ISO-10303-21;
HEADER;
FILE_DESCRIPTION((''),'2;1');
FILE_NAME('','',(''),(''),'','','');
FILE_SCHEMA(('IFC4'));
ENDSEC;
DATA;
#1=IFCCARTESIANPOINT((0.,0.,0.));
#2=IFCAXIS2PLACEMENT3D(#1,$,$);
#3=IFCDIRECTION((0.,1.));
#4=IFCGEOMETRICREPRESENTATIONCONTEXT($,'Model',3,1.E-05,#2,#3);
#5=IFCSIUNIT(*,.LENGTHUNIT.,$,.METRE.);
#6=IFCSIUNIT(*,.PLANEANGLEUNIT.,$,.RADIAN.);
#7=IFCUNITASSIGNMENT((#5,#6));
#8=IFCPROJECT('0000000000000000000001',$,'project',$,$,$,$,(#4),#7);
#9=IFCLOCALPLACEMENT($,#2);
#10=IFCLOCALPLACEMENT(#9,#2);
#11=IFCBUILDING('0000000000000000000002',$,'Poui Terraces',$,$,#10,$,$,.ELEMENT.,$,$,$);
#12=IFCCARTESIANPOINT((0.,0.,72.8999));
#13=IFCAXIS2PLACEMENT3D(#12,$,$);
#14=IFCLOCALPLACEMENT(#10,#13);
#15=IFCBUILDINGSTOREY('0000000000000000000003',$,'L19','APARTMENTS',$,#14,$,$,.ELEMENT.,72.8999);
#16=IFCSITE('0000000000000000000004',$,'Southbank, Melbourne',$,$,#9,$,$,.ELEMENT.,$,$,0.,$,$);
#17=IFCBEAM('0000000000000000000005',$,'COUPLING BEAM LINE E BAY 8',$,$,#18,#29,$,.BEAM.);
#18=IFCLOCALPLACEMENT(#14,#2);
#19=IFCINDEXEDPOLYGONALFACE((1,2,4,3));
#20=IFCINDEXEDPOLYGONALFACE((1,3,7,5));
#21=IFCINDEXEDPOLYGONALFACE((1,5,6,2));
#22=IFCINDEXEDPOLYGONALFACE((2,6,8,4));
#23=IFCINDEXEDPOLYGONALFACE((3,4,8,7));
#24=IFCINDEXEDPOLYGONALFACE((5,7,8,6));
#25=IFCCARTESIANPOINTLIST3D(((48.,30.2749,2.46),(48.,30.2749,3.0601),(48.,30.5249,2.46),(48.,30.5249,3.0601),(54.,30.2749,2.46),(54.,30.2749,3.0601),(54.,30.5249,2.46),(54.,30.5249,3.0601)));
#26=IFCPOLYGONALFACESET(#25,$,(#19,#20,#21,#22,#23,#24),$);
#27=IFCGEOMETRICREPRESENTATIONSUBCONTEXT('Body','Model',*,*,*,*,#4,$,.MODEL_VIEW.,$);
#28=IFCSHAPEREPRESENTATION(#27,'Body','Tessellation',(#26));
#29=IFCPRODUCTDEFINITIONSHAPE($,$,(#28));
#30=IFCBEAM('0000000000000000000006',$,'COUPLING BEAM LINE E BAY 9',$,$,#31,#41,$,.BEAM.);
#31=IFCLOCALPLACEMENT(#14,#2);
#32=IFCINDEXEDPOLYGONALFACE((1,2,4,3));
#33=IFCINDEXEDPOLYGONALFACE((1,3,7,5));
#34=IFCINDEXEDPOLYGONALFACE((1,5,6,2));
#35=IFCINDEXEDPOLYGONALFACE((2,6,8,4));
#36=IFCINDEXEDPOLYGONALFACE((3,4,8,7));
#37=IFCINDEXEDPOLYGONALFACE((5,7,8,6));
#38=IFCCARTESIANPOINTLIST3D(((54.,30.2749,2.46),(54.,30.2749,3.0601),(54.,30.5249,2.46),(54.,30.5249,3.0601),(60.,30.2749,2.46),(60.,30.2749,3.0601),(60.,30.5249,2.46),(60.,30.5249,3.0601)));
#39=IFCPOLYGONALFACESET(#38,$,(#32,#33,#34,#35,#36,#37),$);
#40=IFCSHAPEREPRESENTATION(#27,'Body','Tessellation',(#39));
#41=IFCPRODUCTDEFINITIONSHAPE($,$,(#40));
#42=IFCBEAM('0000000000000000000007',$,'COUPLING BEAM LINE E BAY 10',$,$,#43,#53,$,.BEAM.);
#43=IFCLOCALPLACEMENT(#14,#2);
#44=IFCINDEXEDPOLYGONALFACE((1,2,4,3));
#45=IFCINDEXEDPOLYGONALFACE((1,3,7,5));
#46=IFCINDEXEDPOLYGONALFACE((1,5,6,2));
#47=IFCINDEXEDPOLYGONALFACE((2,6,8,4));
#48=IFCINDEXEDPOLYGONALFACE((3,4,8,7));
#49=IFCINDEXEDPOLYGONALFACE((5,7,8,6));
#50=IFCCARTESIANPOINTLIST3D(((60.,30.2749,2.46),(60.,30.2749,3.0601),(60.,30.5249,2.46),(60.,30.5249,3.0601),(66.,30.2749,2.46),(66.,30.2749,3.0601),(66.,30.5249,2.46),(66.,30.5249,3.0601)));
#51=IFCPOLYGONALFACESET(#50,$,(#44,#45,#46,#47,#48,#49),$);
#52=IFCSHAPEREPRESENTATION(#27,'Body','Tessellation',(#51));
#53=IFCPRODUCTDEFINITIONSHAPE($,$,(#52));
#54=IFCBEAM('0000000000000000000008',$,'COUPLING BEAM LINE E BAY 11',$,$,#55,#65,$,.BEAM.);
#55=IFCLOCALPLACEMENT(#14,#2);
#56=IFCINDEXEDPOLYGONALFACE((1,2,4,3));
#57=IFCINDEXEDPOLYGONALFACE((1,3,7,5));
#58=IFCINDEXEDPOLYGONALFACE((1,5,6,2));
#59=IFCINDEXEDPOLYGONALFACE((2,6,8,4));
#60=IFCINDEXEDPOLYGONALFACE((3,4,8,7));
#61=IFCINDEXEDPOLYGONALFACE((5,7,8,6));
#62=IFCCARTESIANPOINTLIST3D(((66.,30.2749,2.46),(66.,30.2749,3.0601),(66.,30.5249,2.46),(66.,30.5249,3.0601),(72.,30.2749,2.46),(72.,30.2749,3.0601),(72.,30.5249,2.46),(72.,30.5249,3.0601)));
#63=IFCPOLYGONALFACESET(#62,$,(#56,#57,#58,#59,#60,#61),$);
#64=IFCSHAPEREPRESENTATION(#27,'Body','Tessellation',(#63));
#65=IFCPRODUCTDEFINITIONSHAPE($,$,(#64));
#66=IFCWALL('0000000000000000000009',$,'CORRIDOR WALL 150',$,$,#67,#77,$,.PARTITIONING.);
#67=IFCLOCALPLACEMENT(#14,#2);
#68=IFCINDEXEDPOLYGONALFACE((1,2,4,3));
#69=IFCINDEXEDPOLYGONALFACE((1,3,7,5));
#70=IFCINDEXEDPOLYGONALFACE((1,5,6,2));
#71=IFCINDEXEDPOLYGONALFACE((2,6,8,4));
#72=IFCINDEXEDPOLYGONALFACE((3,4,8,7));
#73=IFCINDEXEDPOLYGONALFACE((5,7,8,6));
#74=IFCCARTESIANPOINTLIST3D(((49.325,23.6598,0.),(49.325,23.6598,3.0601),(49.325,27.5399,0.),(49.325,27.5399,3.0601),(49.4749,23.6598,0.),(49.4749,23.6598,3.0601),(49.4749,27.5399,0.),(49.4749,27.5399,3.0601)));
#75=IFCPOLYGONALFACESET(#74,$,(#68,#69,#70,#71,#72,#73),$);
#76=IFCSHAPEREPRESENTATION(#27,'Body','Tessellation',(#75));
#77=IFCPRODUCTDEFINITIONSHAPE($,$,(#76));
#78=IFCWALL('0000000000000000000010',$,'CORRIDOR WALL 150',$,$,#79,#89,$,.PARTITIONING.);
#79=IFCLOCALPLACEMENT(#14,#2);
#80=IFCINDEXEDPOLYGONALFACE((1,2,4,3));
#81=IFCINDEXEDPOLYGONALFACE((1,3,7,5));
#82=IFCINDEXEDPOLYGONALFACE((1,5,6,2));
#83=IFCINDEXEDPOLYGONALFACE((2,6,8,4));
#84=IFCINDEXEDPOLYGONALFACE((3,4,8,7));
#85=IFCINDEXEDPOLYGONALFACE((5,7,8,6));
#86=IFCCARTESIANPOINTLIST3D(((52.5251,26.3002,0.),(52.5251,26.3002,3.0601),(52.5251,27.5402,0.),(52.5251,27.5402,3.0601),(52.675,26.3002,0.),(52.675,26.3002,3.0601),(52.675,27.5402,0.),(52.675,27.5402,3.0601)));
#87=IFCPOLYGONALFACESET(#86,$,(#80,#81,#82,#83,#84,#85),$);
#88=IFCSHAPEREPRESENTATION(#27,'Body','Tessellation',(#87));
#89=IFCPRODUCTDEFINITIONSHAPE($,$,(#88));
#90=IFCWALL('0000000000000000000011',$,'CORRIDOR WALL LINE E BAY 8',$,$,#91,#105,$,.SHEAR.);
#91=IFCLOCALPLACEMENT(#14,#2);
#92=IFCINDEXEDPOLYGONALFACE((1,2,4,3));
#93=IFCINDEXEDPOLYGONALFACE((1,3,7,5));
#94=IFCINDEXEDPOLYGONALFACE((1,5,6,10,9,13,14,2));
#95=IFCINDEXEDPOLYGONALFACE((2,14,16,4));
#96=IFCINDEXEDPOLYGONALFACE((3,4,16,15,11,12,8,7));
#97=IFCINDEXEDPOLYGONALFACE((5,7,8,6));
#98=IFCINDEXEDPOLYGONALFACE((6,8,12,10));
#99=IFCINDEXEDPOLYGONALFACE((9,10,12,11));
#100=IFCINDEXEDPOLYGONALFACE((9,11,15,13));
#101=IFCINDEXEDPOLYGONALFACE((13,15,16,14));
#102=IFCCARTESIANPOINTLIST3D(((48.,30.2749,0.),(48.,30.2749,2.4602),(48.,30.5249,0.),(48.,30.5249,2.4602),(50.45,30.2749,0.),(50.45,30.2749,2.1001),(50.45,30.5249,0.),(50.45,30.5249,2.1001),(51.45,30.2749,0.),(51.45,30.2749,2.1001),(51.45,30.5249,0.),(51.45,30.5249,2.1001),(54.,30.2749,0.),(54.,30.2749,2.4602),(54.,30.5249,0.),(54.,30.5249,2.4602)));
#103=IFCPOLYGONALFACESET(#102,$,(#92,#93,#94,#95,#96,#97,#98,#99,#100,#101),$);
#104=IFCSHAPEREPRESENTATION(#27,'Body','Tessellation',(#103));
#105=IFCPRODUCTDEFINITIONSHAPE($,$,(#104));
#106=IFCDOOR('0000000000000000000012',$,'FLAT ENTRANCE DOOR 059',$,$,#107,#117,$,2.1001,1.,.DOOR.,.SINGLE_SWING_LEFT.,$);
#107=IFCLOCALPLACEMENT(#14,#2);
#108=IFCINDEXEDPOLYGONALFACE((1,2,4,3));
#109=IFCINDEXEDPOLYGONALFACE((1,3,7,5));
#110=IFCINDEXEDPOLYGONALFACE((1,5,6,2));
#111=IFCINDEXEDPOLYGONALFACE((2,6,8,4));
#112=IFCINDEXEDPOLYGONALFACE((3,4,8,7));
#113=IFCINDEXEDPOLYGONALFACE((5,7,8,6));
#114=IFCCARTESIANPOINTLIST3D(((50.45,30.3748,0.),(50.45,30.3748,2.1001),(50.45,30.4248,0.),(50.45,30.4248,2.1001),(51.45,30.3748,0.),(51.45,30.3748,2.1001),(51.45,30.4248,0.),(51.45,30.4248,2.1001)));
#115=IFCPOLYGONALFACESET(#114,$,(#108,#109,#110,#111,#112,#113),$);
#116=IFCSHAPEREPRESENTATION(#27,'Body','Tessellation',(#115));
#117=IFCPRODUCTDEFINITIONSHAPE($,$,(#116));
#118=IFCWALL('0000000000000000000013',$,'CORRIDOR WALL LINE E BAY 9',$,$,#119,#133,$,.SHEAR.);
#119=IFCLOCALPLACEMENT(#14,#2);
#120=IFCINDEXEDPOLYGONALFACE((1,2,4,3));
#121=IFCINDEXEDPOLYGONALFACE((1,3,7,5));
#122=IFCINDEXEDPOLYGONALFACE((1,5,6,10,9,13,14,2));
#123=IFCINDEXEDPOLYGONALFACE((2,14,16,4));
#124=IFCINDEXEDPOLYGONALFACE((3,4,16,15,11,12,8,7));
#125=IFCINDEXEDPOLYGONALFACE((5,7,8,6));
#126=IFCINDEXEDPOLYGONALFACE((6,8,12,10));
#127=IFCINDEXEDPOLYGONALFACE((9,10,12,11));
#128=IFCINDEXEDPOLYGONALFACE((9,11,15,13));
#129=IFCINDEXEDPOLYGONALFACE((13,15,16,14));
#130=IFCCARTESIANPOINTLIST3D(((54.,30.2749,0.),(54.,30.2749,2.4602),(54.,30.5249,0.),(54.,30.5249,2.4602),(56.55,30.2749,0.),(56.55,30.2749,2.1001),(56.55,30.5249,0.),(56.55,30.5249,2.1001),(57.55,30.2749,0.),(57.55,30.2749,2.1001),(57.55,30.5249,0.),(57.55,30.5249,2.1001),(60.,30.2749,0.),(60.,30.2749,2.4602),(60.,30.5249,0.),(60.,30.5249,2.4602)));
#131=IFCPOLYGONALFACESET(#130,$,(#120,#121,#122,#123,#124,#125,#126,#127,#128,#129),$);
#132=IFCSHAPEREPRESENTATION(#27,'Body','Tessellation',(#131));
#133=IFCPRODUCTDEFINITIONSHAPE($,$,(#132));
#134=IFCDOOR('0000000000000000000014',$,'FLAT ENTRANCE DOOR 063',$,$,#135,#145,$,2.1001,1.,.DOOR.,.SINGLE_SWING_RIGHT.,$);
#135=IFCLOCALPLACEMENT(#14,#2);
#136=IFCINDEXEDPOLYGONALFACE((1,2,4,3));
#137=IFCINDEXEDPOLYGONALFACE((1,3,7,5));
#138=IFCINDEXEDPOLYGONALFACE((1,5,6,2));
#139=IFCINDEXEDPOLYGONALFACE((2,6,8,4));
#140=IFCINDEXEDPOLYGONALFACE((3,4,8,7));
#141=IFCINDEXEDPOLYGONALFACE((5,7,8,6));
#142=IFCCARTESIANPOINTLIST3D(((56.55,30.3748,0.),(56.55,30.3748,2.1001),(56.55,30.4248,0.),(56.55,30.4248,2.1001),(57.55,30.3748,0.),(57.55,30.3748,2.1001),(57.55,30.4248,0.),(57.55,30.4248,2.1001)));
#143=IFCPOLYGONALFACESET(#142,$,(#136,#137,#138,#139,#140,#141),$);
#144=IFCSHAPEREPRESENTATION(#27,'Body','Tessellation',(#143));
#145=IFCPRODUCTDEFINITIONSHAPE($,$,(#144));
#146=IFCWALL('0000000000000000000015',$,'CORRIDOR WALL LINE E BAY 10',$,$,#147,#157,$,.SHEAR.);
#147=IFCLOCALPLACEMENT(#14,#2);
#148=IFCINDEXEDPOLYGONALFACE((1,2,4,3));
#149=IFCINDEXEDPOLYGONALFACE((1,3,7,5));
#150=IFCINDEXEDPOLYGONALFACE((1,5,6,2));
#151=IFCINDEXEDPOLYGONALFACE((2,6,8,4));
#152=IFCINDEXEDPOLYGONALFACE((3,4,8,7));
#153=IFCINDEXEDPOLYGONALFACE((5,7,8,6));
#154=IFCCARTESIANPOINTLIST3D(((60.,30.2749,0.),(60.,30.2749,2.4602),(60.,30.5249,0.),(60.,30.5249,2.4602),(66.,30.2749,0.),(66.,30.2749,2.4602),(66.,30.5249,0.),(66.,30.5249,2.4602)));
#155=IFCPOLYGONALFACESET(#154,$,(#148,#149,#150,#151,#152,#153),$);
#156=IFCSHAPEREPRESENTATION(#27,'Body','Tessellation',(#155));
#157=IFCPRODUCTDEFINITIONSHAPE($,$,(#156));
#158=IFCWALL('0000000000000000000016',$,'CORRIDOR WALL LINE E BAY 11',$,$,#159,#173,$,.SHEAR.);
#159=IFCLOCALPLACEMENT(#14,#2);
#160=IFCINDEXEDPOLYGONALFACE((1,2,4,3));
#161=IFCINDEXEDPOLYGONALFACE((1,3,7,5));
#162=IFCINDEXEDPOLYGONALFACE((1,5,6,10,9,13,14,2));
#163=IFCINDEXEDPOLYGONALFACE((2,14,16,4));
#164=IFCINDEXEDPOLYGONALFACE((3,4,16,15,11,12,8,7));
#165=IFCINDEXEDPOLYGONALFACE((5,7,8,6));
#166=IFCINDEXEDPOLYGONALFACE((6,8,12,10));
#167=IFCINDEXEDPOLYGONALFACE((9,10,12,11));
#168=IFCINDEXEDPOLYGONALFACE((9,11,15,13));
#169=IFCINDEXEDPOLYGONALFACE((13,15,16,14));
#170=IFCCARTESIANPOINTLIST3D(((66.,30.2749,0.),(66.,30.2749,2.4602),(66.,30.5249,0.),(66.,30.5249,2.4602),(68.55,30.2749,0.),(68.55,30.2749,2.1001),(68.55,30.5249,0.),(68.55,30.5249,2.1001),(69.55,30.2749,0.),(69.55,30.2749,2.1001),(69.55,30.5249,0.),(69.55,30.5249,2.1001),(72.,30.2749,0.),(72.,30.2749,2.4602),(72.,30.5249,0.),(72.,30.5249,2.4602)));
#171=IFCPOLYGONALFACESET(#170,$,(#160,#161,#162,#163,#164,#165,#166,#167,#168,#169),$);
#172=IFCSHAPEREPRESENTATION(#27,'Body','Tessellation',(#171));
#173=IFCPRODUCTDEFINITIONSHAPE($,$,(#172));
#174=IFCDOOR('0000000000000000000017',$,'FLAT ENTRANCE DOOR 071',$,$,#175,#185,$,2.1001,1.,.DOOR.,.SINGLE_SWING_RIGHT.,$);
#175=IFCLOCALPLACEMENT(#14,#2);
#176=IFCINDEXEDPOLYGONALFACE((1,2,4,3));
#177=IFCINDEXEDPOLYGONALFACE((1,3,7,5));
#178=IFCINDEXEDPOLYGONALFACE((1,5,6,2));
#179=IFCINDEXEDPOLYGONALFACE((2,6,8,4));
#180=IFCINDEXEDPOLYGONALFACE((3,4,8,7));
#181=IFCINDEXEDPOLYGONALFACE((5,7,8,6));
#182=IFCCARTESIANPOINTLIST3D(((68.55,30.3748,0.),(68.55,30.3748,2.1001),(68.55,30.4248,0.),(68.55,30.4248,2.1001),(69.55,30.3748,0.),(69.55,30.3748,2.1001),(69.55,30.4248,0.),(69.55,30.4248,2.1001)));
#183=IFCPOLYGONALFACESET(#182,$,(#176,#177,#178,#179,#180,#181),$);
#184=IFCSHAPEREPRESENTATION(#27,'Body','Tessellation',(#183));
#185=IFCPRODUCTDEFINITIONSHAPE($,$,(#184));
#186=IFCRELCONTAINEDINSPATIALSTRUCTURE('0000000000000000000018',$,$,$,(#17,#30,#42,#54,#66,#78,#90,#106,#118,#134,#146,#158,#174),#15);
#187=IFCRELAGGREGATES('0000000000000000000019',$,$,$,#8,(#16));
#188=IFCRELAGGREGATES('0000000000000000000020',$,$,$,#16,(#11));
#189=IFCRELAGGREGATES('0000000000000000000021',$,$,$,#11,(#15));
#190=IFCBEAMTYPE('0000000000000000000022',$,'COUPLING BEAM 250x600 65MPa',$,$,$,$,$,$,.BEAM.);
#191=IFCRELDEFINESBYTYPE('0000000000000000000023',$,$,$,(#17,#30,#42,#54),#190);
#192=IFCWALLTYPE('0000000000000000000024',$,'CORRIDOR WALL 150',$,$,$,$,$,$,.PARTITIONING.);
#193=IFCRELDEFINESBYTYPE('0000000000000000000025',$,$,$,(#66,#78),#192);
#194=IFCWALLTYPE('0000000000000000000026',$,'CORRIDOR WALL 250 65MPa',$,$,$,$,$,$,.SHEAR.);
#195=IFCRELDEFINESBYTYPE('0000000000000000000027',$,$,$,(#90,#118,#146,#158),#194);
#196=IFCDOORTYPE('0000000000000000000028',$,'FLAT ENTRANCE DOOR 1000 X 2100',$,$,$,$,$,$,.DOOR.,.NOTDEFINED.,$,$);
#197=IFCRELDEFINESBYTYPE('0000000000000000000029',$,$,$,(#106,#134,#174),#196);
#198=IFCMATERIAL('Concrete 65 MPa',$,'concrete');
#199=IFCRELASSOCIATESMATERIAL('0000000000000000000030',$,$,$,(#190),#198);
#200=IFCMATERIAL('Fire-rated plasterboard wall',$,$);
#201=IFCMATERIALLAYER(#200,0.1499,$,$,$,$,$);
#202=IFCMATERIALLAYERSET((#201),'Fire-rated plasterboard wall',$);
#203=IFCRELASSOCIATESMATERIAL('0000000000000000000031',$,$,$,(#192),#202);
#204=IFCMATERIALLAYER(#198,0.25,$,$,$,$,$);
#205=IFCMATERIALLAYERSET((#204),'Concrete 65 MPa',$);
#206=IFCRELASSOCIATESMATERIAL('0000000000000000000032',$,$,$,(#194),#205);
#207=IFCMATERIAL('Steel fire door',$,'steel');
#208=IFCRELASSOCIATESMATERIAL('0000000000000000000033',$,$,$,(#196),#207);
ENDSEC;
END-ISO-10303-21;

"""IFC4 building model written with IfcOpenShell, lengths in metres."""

from ifc_helpers import new_model, si_unit, direction, frame, frame_2d, origin, origin_2d, place, context, subcontext, project, spatial, rectangle, extrude, source, transform, mapped, material, layer, layer_set, material_profile, profile_set, type_object, element, fill, save


model = new_model("IFC4")

# Units and contexts
model_context = context("Model", 3, precision=1e-05, world=origin(), true_north=direction((0.0, 1.0)))
body_context = subcontext(model_context, "Body", "Model", "MODEL_VIEW")
ifc_project = project(units=[si_unit("LENGTHUNIT", "METRE"), si_unit("PLANEANGLEUNIT", "RADIAN")], contexts=[model_context])

# Site, building, storey
site_placement = place(None, origin())
site = spatial("IfcSite", under=ifc_project, at=site_placement, Name="Southbank, Melbourne", CompositionType="ELEMENT", RefElevation=0.0)
building_placement = place(site_placement, origin())
building = spatial("IfcBuilding", under=site, at=building_placement, Name="Poui Terraces", CompositionType="ELEMENT")
storey_placement = place(building_placement, frame((0.0, 0.0, 72.8999)))
storey = spatial("IfcBuildingStorey", under=building, at=storey_placement, Name="L19", Description="APARTMENTS", CompositionType="ELEMENT", Elevation=72.8999)

# Beams
ifc_material_1 = material(Name="Concrete 65 MPa", Category="concrete")
ifc_material_profile = material_profile(ifc_material_1, rectangle(XDim=0.25, YDim=0.6001, at=origin_2d()), Name="RC 250x600")
ifc_profile_set = profile_set([ifc_material_profile], Name="Concrete 65 MPa")
beam_type = type_object("IfcBeamType", Name="COUPLING BEAM 250x600 65MPa", PredefinedType="BEAM", material=ifc_profile_set)
shared_shape = source(origin(), body_context, "Body", "SweptSolid", [
    extrude(rectangle(XDim=0.25, YDim=0.6001, at=origin_2d()), origin(), (0.0, 0.0, 1.0), 6.0),
])
for number, where, z_axis, x_axis, name in (
    (1, (48.0, 30.3999, 2.76), (1.0, 0.0, 0.0), (0.0, 1.0, 0.0), "COUPLING BEAM LINE E BAY 8"),
    (2, (54.0, 30.3999, 2.76), (1.0, 0.0, 0.0), (0.0, 1.0, 0.0), "COUPLING BEAM LINE E BAY 9"),
    (3, (60.0, 30.3999, 2.76), (1.0, 0.0, 0.0), (0.0, 1.0, 0.0), "COUPLING BEAM LINE E BAY 10"),
    (4, (66.0, 30.3999, 2.76), (1.0, 0.0, 0.0), (0.0, 1.0, 0.0), "COUPLING BEAM LINE E BAY 11"),
):
    element("IfcBeam", number, at=place(storey_placement, frame(where, z_axis=z_axis, x_axis=x_axis)), inside=storey, type_object=beam_type, Name=name, PredefinedType="BEAM", context=body_context, shape_type="MappedRepresentation", body=[
        mapped(shared_shape, transform((0.0, 0.0, 0.0))),
    ])

# Walls
ifc_material_2 = material(Name="Fire-rated plasterboard wall")
ifc_layer_1 = layer(ifc_material_2, 0.1499)
ifc_layer_set_1 = layer_set([ifc_layer_1], Name="Fire-rated plasterboard wall")
wall_type_1 = type_object("IfcWallType", Name="CORRIDOR WALL 150", PredefinedType="PARTITIONING", material=ifc_layer_set_1)
wall_1_placement = place(storey_placement, frame((49.3999, 23.6599, 0.0), z_axis=(0.0, 0.0, 1.0), x_axis=(0.0, 1.0, 0.0)))
element("IfcWall", 5, at=wall_1_placement, inside=storey, type_object=wall_type_1, Name="CORRIDOR WALL 150", PredefinedType="PARTITIONING", context=body_context, shape_type="SweptSolid", body=[
    extrude(rectangle(XDim=3.8801, YDim=0.1499, at=frame_2d((1.9399, 0.0))), origin(), (0.0, 0.0, 1.0), 3.0601),
])
wall_2_placement = place(storey_placement, frame((52.6001, 26.3, 0.0), z_axis=(0.0, 0.0, 1.0), x_axis=(0.0, 1.0, 0.0)))
element("IfcWall", 6, at=wall_2_placement, inside=storey, type_object=wall_type_1, Name="CORRIDOR WALL 150", PredefinedType="PARTITIONING", context=body_context, shape_type="SweptSolid", body=[
    extrude(rectangle(XDim=1.24, YDim=0.1499, at=frame_2d((0.6201, 0.0))), origin(), (0.0, 0.0, 1.0), 3.0601),
])

# Walls, openings, doors
ifc_layer_2 = layer(ifc_material_1, 0.25)
ifc_layer_set_2 = layer_set([ifc_layer_2], Name="Concrete 65 MPa")
wall_type_2 = type_object("IfcWallType", Name="CORRIDOR WALL 250 65MPa", PredefinedType="SHEAR", material=ifc_layer_set_2)
wall_3_placement = place(storey_placement, frame((48.0, 30.3999, 0.0), z_axis=(0.0, 0.0, 1.0), x_axis=(1.0, 0.0, 0.0)))
wall_3 = element("IfcWall", 7, at=wall_3_placement, inside=storey, type_object=wall_type_2, Name="CORRIDOR WALL LINE E BAY 8", PredefinedType="SHEAR", context=body_context, shape_type="SweptSolid", body=[
    extrude(rectangle(XDim=6.0, YDim=0.25, at=frame_2d((3.0, 0.0))), origin(), (0.0, 0.0, 1.0), 2.4602),
])
opening_1_placement = place(wall_3_placement, frame((2.45, 0.0, 0.0)))
opening_1 = element("IfcOpeningElement", 8, at=opening_1_placement, cuts=wall_3, PredefinedType="OPENING", context=body_context, shape_type="SweptSolid", body=[
    extrude(rectangle(XDim=1.0, YDim=2.1001, at=frame_2d((0.5, 1.05))), frame((0.0, 0.135, 0.0), z_axis=(0.0, -1.0, 0.0), x_axis=(1.0, 0.0, 0.0)), (0.0, 0.0, 1.0), 0.27),
])
ifc_material_3 = material(Name="Steel fire door", Category="steel")
door_type_1 = type_object("IfcDoorType", Name="FLAT ENTRANCE DOOR 1000 X 2100", OperationType="NOTDEFINED", PredefinedType="DOOR", material=ifc_material_3)
door_1_placement = place(opening_1_placement, origin())
door_1 = element("IfcDoor", 9, at=door_1_placement, inside=storey, type_object=door_type_1, Name="FLAT ENTRANCE DOOR 059", OperationType="SINGLE_SWING_LEFT", OverallHeight=2.1001, OverallWidth=1.0, PredefinedType="DOOR", context=body_context, shape_type="SweptSolid", body=[
    extrude(rectangle(XDim=1.0, YDim=2.1001, at=frame_2d((0.5, 1.05))), frame((0.0, 0.0249, 0.0), z_axis=(0.0, -1.0, 0.0), x_axis=(1.0, 0.0, 0.0)), (0.0, 0.0, 1.0), 0.05),
])
fill(opening_1, door_1)
wall_4_placement = place(storey_placement, frame((54.0, 30.3999, 0.0), z_axis=(0.0, 0.0, 1.0), x_axis=(1.0, 0.0, 0.0)))
wall_4 = element("IfcWall", 10, at=wall_4_placement, inside=storey, type_object=wall_type_2, Name="CORRIDOR WALL LINE E BAY 9", PredefinedType="SHEAR", context=body_context, shape_type="SweptSolid", body=[
    extrude(rectangle(XDim=6.0, YDim=0.25, at=frame_2d((3.0, 0.0))), origin(), (0.0, 0.0, 1.0), 2.4602),
])
opening_2_placement = place(wall_4_placement, frame((2.55, 0.0, 0.0)))
opening_2 = element("IfcOpeningElement", 11, at=opening_2_placement, cuts=wall_4, PredefinedType="OPENING", context=body_context, shape_type="SweptSolid", body=[
    extrude(rectangle(XDim=1.0, YDim=2.1001, at=frame_2d((0.5, 1.05))), frame((0.0, 0.135, 0.0), z_axis=(0.0, -1.0, 0.0), x_axis=(1.0, 0.0, 0.0)), (0.0, 0.0, 1.0), 0.27),
])
door_2_placement = place(opening_2_placement, origin())
door_2 = element("IfcDoor", 12, at=door_2_placement, inside=storey, type_object=door_type_1, Name="FLAT ENTRANCE DOOR 063", OperationType="SINGLE_SWING_RIGHT", OverallHeight=2.1001, OverallWidth=1.0, PredefinedType="DOOR", context=body_context, shape_type="SweptSolid", body=[
    extrude(rectangle(XDim=1.0, YDim=2.1001, at=frame_2d((0.5, 1.05))), frame((0.0, 0.0249, 0.0), z_axis=(0.0, -1.0, 0.0), x_axis=(1.0, 0.0, 0.0)), (0.0, 0.0, 1.0), 0.05),
])
fill(opening_2, door_2)

# Wall
wall_5_placement = place(storey_placement, frame((60.0, 30.3999, 0.0), z_axis=(0.0, 0.0, 1.0), x_axis=(1.0, 0.0, 0.0)))
element("IfcWall", 13, at=wall_5_placement, inside=storey, type_object=wall_type_2, Name="CORRIDOR WALL LINE E BAY 10", PredefinedType="SHEAR", context=body_context, shape_type="SweptSolid", body=[
    extrude(rectangle(XDim=6.0, YDim=0.25, at=frame_2d((3.0, 0.0))), origin(), (0.0, 0.0, 1.0), 2.4602),
])

# Wall, opening, door
wall_6_placement = place(storey_placement, frame((66.0, 30.3999, 0.0), z_axis=(0.0, 0.0, 1.0), x_axis=(1.0, 0.0, 0.0)))
wall_6 = element("IfcWall", 14, at=wall_6_placement, inside=storey, type_object=wall_type_2, Name="CORRIDOR WALL LINE E BAY 11", PredefinedType="SHEAR", context=body_context, shape_type="SweptSolid", body=[
    extrude(rectangle(XDim=6.0, YDim=0.25, at=frame_2d((3.0, 0.0))), origin(), (0.0, 0.0, 1.0), 2.4602),
])
opening_3_placement = place(wall_6_placement, frame((2.55, 0.0, 0.0)))
opening_3 = element("IfcOpeningElement", 15, at=opening_3_placement, cuts=wall_6, PredefinedType="OPENING", context=body_context, shape_type="SweptSolid", body=[
    extrude(rectangle(XDim=1.0, YDim=2.1001, at=frame_2d((0.5, 1.05))), frame((0.0, 0.135, 0.0), z_axis=(0.0, -1.0, 0.0), x_axis=(1.0, 0.0, 0.0)), (0.0, 0.0, 1.0), 0.27),
])
door_3_placement = place(opening_3_placement, origin())
door_3 = element("IfcDoor", 16, at=door_3_placement, inside=storey, type_object=door_type_1, Name="FLAT ENTRANCE DOOR 071", OperationType="SINGLE_SWING_RIGHT", OverallHeight=2.1001, OverallWidth=1.0, PredefinedType="DOOR", context=body_context, shape_type="SweptSolid", body=[
    extrude(rectangle(XDim=1.0, YDim=2.1001, at=frame_2d((0.5, 1.05))), frame((0.0, 0.0249, 0.0), z_axis=(0.0, -1.0, 0.0), x_axis=(1.0, 0.0, 0.0)), (0.0, 0.0, 1.0), 0.05),
])
fill(opening_3, door_3)

save(model, "model.ifc")
